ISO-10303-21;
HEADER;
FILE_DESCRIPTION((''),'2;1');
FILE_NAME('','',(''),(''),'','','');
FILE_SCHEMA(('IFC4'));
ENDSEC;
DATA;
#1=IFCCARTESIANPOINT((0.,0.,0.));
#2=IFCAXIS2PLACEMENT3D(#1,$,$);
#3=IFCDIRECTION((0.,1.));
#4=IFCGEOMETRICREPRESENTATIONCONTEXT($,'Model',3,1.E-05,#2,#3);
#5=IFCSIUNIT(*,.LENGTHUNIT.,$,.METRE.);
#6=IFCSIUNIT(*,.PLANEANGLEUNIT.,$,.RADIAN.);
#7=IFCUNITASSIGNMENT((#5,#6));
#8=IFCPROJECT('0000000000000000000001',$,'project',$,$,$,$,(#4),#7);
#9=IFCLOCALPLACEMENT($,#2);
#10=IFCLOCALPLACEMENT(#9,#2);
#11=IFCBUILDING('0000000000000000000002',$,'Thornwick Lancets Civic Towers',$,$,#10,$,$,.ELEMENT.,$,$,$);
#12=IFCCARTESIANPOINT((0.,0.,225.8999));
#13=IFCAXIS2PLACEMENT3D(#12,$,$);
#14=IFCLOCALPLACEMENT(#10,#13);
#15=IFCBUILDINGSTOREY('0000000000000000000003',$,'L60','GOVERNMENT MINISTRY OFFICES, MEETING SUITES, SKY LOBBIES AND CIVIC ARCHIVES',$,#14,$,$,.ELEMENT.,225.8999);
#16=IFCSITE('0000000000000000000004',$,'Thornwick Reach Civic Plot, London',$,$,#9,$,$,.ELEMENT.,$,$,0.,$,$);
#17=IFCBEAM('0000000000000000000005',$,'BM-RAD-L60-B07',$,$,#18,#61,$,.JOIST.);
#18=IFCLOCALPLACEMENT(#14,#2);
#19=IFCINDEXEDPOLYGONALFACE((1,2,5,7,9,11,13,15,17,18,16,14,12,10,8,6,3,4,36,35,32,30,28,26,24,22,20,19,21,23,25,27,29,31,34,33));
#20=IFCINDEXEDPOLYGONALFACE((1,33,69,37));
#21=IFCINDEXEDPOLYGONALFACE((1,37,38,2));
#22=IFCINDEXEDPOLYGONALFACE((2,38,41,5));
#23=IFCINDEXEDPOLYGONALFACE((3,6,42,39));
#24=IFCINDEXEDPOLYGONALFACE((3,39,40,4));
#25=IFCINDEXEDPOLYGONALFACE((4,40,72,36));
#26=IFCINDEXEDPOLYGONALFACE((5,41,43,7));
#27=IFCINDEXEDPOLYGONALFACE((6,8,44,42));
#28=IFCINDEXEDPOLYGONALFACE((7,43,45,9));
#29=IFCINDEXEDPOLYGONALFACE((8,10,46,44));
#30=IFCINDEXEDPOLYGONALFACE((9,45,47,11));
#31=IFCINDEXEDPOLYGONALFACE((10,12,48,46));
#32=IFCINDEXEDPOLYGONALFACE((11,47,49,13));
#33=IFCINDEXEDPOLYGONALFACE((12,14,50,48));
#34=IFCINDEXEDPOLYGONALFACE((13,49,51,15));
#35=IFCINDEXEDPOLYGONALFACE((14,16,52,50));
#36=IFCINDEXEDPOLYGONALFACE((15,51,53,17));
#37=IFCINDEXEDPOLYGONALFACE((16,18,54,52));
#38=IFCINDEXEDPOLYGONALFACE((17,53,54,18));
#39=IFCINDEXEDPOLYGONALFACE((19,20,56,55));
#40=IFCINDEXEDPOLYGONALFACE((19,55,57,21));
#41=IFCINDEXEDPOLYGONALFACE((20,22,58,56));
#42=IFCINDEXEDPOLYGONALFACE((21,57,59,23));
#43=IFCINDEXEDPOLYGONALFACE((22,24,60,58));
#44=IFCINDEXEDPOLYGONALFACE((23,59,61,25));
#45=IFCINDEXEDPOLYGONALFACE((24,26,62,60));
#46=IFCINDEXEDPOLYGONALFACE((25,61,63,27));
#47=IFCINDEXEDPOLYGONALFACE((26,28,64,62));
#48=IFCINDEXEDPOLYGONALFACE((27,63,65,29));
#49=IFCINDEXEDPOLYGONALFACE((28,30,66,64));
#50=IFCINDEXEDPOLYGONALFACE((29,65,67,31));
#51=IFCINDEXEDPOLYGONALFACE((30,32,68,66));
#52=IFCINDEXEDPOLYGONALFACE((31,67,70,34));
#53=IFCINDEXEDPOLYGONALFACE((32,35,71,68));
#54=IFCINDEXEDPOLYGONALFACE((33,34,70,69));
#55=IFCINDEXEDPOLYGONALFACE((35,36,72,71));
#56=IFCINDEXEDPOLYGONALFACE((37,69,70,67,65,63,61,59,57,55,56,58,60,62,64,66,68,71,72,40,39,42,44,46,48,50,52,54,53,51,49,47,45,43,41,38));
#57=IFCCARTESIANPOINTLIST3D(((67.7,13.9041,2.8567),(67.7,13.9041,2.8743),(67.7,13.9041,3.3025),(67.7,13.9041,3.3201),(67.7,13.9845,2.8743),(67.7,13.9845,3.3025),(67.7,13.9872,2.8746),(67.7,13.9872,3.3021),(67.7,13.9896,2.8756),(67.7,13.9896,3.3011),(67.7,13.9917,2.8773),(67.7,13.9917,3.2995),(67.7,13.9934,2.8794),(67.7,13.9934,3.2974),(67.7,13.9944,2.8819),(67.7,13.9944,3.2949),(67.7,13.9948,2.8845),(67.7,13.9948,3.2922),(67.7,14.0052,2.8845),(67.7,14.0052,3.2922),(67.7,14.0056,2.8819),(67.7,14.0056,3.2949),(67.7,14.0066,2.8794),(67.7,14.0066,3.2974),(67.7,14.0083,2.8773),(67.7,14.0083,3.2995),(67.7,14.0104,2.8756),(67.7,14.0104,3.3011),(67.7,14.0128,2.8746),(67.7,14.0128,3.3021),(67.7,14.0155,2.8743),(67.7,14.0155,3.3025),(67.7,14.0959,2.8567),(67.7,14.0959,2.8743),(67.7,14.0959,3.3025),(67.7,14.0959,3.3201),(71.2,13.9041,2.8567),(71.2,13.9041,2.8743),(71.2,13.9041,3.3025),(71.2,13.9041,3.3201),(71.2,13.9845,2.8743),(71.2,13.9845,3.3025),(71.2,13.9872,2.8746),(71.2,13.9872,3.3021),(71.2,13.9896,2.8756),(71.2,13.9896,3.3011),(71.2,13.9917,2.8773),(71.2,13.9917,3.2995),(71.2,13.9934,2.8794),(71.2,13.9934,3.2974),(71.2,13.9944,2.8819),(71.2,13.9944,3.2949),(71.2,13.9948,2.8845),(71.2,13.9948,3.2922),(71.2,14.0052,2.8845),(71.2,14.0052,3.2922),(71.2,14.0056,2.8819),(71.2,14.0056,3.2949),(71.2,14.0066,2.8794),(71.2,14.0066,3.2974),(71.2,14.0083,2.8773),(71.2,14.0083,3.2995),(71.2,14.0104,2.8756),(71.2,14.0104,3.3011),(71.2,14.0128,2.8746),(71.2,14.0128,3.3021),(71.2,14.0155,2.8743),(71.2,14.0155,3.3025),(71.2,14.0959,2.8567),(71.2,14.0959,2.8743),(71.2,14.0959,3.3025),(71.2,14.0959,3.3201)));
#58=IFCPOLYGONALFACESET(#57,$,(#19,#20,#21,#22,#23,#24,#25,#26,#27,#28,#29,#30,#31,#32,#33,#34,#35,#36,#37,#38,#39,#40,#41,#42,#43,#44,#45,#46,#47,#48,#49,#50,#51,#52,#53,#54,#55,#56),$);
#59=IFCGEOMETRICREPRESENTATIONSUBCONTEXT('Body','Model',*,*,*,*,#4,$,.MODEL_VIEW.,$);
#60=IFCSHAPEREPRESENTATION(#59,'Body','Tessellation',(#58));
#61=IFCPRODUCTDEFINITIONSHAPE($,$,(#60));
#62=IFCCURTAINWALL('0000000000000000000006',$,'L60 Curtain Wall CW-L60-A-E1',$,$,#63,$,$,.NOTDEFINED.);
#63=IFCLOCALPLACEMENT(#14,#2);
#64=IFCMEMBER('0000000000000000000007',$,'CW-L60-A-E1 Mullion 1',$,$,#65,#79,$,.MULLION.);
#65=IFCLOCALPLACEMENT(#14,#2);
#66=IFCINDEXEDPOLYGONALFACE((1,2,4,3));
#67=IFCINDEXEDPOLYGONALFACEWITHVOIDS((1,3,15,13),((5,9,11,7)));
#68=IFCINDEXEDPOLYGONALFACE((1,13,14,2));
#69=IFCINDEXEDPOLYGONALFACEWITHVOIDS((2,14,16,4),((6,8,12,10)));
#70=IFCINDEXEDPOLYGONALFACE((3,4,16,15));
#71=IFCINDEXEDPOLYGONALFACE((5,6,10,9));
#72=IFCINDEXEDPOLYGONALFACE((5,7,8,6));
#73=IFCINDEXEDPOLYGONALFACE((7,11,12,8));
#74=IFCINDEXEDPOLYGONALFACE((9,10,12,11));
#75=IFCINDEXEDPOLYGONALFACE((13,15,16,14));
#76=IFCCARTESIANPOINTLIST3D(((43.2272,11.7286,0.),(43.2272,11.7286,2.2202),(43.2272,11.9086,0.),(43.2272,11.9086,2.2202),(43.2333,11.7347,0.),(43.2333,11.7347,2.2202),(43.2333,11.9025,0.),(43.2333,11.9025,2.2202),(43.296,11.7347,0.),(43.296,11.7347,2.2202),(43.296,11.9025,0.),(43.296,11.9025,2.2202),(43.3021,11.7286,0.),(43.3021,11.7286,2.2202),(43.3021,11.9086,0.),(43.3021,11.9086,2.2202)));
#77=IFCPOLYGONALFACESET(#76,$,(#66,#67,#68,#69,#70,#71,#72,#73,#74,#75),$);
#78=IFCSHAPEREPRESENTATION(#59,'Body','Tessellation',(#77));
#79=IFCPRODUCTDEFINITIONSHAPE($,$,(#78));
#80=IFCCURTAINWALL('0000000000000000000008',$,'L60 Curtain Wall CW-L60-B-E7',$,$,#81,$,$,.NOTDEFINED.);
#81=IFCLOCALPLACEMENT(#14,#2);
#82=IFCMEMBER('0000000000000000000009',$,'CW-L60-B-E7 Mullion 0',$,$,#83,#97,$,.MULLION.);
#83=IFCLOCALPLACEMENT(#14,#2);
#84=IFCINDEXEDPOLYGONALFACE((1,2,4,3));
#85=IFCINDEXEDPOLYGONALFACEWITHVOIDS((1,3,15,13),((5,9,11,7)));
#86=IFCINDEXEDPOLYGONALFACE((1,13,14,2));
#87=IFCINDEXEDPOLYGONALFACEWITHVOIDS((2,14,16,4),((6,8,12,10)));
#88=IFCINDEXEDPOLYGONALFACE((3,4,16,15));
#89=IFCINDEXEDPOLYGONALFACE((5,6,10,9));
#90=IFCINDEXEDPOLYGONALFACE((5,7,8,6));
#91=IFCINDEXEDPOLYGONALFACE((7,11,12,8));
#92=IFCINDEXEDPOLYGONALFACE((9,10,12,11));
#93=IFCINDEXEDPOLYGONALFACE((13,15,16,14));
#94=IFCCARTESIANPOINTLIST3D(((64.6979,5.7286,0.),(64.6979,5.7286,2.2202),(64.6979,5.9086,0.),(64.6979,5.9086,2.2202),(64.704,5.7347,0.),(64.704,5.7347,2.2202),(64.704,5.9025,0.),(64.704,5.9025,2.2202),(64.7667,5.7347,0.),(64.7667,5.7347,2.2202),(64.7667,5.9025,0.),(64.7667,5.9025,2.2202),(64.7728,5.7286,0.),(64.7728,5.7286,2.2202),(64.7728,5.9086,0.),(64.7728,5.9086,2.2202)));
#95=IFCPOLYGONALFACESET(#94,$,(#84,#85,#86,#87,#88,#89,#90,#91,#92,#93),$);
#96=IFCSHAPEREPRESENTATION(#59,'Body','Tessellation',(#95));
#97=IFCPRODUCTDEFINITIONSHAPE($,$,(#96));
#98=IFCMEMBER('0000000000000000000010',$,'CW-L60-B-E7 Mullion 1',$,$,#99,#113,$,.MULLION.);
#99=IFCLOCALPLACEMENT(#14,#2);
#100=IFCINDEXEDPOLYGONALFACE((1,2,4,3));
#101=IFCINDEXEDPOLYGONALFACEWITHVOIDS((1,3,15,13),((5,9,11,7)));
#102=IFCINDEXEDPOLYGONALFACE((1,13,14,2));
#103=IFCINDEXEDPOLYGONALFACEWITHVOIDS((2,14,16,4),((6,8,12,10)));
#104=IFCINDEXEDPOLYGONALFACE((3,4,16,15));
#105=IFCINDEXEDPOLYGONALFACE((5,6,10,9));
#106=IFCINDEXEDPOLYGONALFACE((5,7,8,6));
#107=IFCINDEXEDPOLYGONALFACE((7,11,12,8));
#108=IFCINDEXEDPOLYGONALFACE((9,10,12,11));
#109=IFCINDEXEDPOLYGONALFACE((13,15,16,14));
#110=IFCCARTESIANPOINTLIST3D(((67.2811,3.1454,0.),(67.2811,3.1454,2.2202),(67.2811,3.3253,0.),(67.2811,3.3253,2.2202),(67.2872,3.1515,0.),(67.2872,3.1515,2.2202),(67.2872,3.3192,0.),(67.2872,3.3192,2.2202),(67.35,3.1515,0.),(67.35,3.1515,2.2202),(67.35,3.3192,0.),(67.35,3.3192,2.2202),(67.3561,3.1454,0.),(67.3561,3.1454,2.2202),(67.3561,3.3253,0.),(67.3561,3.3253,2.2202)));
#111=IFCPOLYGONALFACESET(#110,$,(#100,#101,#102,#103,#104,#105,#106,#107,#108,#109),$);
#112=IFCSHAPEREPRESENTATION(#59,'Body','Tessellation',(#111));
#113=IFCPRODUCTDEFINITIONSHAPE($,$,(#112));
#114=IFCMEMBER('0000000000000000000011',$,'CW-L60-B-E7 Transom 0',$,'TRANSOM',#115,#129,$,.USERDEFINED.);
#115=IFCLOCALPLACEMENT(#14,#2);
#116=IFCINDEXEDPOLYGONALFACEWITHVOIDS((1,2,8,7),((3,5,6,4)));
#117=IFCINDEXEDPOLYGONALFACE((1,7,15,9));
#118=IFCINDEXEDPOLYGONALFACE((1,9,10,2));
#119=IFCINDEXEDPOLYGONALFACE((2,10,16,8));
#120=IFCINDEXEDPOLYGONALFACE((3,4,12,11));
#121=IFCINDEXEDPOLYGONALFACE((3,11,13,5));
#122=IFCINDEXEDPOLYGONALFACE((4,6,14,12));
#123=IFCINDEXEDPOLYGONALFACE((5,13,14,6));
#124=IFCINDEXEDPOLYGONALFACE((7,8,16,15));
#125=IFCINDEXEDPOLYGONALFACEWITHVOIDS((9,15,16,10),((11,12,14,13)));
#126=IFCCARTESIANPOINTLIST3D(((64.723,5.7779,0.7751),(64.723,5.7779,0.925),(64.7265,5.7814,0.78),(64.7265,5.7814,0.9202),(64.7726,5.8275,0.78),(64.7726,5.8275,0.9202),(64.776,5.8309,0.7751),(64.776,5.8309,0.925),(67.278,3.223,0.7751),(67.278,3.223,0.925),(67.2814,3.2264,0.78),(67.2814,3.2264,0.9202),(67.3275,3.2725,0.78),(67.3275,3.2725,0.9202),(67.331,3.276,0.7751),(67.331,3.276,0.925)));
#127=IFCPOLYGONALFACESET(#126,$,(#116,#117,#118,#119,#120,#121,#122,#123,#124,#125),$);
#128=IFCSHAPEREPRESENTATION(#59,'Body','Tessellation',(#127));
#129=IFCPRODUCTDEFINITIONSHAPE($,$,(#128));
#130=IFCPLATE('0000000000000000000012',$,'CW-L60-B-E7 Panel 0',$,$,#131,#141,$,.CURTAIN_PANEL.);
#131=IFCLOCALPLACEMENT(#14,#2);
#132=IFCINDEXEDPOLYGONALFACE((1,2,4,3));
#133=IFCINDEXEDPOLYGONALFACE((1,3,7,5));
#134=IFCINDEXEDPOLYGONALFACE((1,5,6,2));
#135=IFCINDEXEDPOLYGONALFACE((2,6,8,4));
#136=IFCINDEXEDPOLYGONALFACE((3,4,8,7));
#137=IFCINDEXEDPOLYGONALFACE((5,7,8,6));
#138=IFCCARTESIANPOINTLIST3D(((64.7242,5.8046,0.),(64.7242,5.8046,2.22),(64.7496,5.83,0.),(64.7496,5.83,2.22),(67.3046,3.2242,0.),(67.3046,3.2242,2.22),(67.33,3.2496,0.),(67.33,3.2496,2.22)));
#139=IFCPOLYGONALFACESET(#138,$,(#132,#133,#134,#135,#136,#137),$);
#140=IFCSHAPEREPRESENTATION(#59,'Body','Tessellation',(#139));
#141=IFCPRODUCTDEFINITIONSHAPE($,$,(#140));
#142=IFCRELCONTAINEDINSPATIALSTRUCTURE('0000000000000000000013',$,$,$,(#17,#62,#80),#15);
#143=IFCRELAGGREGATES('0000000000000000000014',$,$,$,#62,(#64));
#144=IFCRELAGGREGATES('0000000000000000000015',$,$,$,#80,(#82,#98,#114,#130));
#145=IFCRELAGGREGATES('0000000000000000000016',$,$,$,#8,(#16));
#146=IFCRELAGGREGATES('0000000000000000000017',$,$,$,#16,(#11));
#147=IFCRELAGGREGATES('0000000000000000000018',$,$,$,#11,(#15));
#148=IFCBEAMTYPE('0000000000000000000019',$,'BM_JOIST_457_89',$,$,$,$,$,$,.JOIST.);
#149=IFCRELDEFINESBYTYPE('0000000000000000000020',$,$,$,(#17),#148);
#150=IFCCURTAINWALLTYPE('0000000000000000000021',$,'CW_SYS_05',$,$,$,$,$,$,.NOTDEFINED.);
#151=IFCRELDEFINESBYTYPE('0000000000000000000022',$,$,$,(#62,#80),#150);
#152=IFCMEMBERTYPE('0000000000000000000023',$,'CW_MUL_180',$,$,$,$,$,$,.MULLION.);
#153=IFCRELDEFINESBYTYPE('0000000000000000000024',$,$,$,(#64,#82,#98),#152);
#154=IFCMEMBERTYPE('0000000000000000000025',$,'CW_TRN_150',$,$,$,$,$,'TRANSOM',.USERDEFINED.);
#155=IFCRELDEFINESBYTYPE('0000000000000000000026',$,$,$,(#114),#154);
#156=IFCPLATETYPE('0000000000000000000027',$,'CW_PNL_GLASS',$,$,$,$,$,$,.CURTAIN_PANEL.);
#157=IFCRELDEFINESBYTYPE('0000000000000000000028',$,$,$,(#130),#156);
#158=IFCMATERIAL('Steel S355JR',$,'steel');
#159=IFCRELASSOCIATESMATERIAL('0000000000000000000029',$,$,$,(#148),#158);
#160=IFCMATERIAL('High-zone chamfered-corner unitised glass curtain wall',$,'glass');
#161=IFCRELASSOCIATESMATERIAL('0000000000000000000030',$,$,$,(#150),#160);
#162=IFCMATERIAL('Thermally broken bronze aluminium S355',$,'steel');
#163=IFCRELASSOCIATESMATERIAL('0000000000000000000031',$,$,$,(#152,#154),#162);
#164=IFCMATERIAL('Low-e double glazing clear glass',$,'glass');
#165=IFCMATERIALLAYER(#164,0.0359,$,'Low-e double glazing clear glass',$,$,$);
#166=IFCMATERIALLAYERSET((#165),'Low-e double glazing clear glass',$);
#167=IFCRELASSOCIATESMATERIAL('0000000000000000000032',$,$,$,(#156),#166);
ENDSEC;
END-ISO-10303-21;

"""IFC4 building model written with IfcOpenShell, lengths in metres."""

from ifc_helpers import new_model, si_unit, direction, frame, origin, origin_2d, place, context, subcontext, project, spatial, rectangle, hollow_rectangle, i_section, extrude, material, layer, layer_set, material_profile, profile_set, type_object, element, aggregate, save


model = new_model("IFC4")

# Units and contexts
model_context = context("Model", 3, precision=1e-05, world=origin(), true_north=direction((0.0, 1.0)))
body_context = subcontext(model_context, "Body", "Model", "MODEL_VIEW")
ifc_project = project(units=[si_unit("LENGTHUNIT", "METRE"), si_unit("PLANEANGLEUNIT", "RADIAN")], contexts=[model_context])

# Site, building, storey
site_placement = place(None, origin())
site = spatial("IfcSite", under=ifc_project, at=site_placement, Name="Thornwick Reach Civic Plot, London", CompositionType="ELEMENT", RefElevation=0.0)
building_placement = place(site_placement, origin())
building = spatial("IfcBuilding", under=site, at=building_placement, Name="Thornwick Lancets Civic Towers", CompositionType="ELEMENT")
storey_placement = place(building_placement, frame((0.0, 0.0, 225.8999)))
storey = spatial("IfcBuildingStorey", under=building, at=storey_placement, Name="L60", Description="GOVERNMENT MINISTRY OFFICES, MEETING SUITES, SKY LOBBIES AND CIVIC ARCHIVES", CompositionType="ELEMENT", Elevation=225.8999)

# Shared definitions
ifc_material_1 = material(Name="Steel S355JR", Category="steel")

# Beam
ifc_material_profile_1 = material_profile(ifc_material_1, i_section(OverallWidth=0.1919, OverallDepth=0.4634, WebThickness=0.0105, FlangeThickness=0.0176, FilletRadius=0.0103, at=origin_2d()), Name="UKB 457x191x89")
ifc_profile_set_1 = profile_set([ifc_material_profile_1], Name="Steel S355JR")
beam_type_1 = type_object("IfcBeamType", Name="BM_JOIST_457_89", PredefinedType="JOIST", material=ifc_profile_set_1)
beam_1_placement = place(storey_placement, frame((71.2, 14.0, 3.0884), z_axis=(-1.0, 0.0, 0.0), x_axis=(0.0, -1.0, 0.0)))
element("IfcBeam", 1, at=beam_1_placement, inside=storey, type_object=beam_type_1, Name="BM-RAD-L60-B07", PredefinedType="JOIST", context=body_context, shape_type="SweptSolid", body=[
    extrude(i_section(OverallWidth=0.1919, OverallDepth=0.4634, WebThickness=0.0105, FlangeThickness=0.0176, FilletRadius=0.0103, at=origin_2d()), origin(), (0.0, 0.0, 1.0), 3.5),
])

# Curtain wall, member
ifc_material_2 = material(Name="High-zone chamfered-corner unitised glass curtain wall", Category="glass")
curtain_wall_type = type_object("IfcCurtainWallType", Name="CW_SYS_05", PredefinedType="NOTDEFINED", material=ifc_material_2)
curtain_wall_1_placement = place(storey_placement, origin())
curtain_wall_1 = element("IfcCurtainWall", 2, at=curtain_wall_1_placement, inside=storey, type_object=curtain_wall_type, Name="L60 Curtain Wall CW-L60-A-E1", PredefinedType="NOTDEFINED")
ifc_material_3 = material(Name="Thermally broken bronze aluminium S355", Category="steel")
ifc_material_profile_2 = material_profile(ifc_material_3, hollow_rectangle(XDim=0.075, YDim=0.1799, WallThickness=0.0061, at=origin_2d()), Name="RHS 180x75x6")
ifc_profile_set_2 = profile_set([ifc_material_profile_2], Name="Thermally broken bronze aluminium S355")
member_type_1 = type_object("IfcMemberType", Name="CW_MUL_180", PredefinedType="MULLION", material=ifc_profile_set_2)
member_1_placement = place(storey_placement, frame((43.2646, 11.8186, 0.0), z_axis=(0.0, 0.0, 1.0), x_axis=(1.0, 0.0, 0.0)))
member_1 = element("IfcMember", 3, at=member_1_placement, type_object=member_type_1, Name="CW-L60-A-E1 Mullion 1", PredefinedType="MULLION", context=body_context, shape_type="SweptSolid", body=[
    extrude(hollow_rectangle(XDim=0.075, YDim=0.1799, WallThickness=0.0061, at=origin_2d()), origin(), (0.0, 0.0, 1.0), 2.2202),
])
aggregate(curtain_wall_1, [member_1])

# Curtain wall, members, plate
curtain_wall_2_placement = place(storey_placement, origin())
curtain_wall_2 = element("IfcCurtainWall", 4, at=curtain_wall_2_placement, inside=storey, type_object=curtain_wall_type, Name="L60 Curtain Wall CW-L60-B-E7", PredefinedType="NOTDEFINED")
member_2_placement = place(storey_placement, frame((64.7354, 5.8186, 0.0), z_axis=(0.0, 0.0, 1.0), x_axis=(1.0, 0.0, 0.0)))
member_2 = element("IfcMember", 5, at=member_2_placement, type_object=member_type_1, Name="CW-L60-B-E7 Mullion 0", PredefinedType="MULLION", context=body_context, shape_type="SweptSolid", body=[
    extrude(hollow_rectangle(XDim=0.075, YDim=0.1799, WallThickness=0.0061, at=origin_2d()), origin(), (0.0, 0.0, 1.0), 2.2202),
])
member_3_placement = place(storey_placement, frame((67.3186, 3.2354, 0.0), z_axis=(0.0, 0.0, 1.0), x_axis=(1.0, 0.0, 0.0)))
member_3 = element("IfcMember", 6, at=member_3_placement, type_object=member_type_1, Name="CW-L60-B-E7 Mullion 1", PredefinedType="MULLION", context=body_context, shape_type="SweptSolid", body=[
    extrude(hollow_rectangle(XDim=0.075, YDim=0.1799, WallThickness=0.0061, at=origin_2d()), origin(), (0.0, 0.0, 1.0), 2.2202),
])
ifc_material_profile_3 = material_profile(ifc_material_3, hollow_rectangle(XDim=0.075, YDim=0.1499, WallThickness=0.0049, at=origin_2d()), Name="RHS 150x75x5")
ifc_profile_set_3 = profile_set([ifc_material_profile_3], Name="Thermally broken bronze aluminium S355")
member_type_2 = type_object("IfcMemberType", Name="CW_TRN_150", ElementType="TRANSOM", PredefinedType="USERDEFINED", material=ifc_profile_set_3)
member_4_placement = place(storey_placement, frame((64.7495, 5.8044, 0.8501), z_axis=(0.707107, -0.707107, 0.0), x_axis=(0.707107, 0.707107, 0.0)))
member_4 = element("IfcMember", 7, at=member_4_placement, type_object=member_type_2, Name="CW-L60-B-E7 Transom 0", ObjectType="TRANSOM", PredefinedType="USERDEFINED", context=body_context, shape_type="SweptSolid", body=[
    extrude(hollow_rectangle(XDim=0.075, YDim=0.1499, WallThickness=0.0049, at=origin_2d()), origin(), (0.0, 0.0, 1.0), 3.6133),
])
ifc_material_4 = material(Name="Low-e double glazing clear glass", Category="glass")
ifc_layer_1 = layer(ifc_material_4, 0.0359, Name="Low-e double glazing clear glass")
ifc_layer_set_1 = layer_set([ifc_layer_1], Name="Low-e double glazing clear glass")
plate_type = type_object("IfcPlateType", Name="CW_PNL_GLASS", PredefinedType="CURTAIN_PANEL", material=ifc_layer_set_1)
plate_placement = place(storey_placement, frame((66.0271, 4.5271, 0.0), z_axis=(0.0, 0.0, 1.0), x_axis=(0.707107, -0.707107, 0.0)))
plate = element("IfcPlate", 8, at=plate_placement, type_object=plate_type, Name="CW-L60-B-E7 Panel 0", PredefinedType="CURTAIN_PANEL", context=body_context, shape_type="SweptSolid", body=[
    extrude(rectangle(XDim=3.6492, YDim=0.0359, at=origin_2d()), origin(), (0.0, 0.0, 1.0), 2.22),
])
aggregate(curtain_wall_2, [member_2, member_3, member_4, plate])

save(model, "model.ifc")
